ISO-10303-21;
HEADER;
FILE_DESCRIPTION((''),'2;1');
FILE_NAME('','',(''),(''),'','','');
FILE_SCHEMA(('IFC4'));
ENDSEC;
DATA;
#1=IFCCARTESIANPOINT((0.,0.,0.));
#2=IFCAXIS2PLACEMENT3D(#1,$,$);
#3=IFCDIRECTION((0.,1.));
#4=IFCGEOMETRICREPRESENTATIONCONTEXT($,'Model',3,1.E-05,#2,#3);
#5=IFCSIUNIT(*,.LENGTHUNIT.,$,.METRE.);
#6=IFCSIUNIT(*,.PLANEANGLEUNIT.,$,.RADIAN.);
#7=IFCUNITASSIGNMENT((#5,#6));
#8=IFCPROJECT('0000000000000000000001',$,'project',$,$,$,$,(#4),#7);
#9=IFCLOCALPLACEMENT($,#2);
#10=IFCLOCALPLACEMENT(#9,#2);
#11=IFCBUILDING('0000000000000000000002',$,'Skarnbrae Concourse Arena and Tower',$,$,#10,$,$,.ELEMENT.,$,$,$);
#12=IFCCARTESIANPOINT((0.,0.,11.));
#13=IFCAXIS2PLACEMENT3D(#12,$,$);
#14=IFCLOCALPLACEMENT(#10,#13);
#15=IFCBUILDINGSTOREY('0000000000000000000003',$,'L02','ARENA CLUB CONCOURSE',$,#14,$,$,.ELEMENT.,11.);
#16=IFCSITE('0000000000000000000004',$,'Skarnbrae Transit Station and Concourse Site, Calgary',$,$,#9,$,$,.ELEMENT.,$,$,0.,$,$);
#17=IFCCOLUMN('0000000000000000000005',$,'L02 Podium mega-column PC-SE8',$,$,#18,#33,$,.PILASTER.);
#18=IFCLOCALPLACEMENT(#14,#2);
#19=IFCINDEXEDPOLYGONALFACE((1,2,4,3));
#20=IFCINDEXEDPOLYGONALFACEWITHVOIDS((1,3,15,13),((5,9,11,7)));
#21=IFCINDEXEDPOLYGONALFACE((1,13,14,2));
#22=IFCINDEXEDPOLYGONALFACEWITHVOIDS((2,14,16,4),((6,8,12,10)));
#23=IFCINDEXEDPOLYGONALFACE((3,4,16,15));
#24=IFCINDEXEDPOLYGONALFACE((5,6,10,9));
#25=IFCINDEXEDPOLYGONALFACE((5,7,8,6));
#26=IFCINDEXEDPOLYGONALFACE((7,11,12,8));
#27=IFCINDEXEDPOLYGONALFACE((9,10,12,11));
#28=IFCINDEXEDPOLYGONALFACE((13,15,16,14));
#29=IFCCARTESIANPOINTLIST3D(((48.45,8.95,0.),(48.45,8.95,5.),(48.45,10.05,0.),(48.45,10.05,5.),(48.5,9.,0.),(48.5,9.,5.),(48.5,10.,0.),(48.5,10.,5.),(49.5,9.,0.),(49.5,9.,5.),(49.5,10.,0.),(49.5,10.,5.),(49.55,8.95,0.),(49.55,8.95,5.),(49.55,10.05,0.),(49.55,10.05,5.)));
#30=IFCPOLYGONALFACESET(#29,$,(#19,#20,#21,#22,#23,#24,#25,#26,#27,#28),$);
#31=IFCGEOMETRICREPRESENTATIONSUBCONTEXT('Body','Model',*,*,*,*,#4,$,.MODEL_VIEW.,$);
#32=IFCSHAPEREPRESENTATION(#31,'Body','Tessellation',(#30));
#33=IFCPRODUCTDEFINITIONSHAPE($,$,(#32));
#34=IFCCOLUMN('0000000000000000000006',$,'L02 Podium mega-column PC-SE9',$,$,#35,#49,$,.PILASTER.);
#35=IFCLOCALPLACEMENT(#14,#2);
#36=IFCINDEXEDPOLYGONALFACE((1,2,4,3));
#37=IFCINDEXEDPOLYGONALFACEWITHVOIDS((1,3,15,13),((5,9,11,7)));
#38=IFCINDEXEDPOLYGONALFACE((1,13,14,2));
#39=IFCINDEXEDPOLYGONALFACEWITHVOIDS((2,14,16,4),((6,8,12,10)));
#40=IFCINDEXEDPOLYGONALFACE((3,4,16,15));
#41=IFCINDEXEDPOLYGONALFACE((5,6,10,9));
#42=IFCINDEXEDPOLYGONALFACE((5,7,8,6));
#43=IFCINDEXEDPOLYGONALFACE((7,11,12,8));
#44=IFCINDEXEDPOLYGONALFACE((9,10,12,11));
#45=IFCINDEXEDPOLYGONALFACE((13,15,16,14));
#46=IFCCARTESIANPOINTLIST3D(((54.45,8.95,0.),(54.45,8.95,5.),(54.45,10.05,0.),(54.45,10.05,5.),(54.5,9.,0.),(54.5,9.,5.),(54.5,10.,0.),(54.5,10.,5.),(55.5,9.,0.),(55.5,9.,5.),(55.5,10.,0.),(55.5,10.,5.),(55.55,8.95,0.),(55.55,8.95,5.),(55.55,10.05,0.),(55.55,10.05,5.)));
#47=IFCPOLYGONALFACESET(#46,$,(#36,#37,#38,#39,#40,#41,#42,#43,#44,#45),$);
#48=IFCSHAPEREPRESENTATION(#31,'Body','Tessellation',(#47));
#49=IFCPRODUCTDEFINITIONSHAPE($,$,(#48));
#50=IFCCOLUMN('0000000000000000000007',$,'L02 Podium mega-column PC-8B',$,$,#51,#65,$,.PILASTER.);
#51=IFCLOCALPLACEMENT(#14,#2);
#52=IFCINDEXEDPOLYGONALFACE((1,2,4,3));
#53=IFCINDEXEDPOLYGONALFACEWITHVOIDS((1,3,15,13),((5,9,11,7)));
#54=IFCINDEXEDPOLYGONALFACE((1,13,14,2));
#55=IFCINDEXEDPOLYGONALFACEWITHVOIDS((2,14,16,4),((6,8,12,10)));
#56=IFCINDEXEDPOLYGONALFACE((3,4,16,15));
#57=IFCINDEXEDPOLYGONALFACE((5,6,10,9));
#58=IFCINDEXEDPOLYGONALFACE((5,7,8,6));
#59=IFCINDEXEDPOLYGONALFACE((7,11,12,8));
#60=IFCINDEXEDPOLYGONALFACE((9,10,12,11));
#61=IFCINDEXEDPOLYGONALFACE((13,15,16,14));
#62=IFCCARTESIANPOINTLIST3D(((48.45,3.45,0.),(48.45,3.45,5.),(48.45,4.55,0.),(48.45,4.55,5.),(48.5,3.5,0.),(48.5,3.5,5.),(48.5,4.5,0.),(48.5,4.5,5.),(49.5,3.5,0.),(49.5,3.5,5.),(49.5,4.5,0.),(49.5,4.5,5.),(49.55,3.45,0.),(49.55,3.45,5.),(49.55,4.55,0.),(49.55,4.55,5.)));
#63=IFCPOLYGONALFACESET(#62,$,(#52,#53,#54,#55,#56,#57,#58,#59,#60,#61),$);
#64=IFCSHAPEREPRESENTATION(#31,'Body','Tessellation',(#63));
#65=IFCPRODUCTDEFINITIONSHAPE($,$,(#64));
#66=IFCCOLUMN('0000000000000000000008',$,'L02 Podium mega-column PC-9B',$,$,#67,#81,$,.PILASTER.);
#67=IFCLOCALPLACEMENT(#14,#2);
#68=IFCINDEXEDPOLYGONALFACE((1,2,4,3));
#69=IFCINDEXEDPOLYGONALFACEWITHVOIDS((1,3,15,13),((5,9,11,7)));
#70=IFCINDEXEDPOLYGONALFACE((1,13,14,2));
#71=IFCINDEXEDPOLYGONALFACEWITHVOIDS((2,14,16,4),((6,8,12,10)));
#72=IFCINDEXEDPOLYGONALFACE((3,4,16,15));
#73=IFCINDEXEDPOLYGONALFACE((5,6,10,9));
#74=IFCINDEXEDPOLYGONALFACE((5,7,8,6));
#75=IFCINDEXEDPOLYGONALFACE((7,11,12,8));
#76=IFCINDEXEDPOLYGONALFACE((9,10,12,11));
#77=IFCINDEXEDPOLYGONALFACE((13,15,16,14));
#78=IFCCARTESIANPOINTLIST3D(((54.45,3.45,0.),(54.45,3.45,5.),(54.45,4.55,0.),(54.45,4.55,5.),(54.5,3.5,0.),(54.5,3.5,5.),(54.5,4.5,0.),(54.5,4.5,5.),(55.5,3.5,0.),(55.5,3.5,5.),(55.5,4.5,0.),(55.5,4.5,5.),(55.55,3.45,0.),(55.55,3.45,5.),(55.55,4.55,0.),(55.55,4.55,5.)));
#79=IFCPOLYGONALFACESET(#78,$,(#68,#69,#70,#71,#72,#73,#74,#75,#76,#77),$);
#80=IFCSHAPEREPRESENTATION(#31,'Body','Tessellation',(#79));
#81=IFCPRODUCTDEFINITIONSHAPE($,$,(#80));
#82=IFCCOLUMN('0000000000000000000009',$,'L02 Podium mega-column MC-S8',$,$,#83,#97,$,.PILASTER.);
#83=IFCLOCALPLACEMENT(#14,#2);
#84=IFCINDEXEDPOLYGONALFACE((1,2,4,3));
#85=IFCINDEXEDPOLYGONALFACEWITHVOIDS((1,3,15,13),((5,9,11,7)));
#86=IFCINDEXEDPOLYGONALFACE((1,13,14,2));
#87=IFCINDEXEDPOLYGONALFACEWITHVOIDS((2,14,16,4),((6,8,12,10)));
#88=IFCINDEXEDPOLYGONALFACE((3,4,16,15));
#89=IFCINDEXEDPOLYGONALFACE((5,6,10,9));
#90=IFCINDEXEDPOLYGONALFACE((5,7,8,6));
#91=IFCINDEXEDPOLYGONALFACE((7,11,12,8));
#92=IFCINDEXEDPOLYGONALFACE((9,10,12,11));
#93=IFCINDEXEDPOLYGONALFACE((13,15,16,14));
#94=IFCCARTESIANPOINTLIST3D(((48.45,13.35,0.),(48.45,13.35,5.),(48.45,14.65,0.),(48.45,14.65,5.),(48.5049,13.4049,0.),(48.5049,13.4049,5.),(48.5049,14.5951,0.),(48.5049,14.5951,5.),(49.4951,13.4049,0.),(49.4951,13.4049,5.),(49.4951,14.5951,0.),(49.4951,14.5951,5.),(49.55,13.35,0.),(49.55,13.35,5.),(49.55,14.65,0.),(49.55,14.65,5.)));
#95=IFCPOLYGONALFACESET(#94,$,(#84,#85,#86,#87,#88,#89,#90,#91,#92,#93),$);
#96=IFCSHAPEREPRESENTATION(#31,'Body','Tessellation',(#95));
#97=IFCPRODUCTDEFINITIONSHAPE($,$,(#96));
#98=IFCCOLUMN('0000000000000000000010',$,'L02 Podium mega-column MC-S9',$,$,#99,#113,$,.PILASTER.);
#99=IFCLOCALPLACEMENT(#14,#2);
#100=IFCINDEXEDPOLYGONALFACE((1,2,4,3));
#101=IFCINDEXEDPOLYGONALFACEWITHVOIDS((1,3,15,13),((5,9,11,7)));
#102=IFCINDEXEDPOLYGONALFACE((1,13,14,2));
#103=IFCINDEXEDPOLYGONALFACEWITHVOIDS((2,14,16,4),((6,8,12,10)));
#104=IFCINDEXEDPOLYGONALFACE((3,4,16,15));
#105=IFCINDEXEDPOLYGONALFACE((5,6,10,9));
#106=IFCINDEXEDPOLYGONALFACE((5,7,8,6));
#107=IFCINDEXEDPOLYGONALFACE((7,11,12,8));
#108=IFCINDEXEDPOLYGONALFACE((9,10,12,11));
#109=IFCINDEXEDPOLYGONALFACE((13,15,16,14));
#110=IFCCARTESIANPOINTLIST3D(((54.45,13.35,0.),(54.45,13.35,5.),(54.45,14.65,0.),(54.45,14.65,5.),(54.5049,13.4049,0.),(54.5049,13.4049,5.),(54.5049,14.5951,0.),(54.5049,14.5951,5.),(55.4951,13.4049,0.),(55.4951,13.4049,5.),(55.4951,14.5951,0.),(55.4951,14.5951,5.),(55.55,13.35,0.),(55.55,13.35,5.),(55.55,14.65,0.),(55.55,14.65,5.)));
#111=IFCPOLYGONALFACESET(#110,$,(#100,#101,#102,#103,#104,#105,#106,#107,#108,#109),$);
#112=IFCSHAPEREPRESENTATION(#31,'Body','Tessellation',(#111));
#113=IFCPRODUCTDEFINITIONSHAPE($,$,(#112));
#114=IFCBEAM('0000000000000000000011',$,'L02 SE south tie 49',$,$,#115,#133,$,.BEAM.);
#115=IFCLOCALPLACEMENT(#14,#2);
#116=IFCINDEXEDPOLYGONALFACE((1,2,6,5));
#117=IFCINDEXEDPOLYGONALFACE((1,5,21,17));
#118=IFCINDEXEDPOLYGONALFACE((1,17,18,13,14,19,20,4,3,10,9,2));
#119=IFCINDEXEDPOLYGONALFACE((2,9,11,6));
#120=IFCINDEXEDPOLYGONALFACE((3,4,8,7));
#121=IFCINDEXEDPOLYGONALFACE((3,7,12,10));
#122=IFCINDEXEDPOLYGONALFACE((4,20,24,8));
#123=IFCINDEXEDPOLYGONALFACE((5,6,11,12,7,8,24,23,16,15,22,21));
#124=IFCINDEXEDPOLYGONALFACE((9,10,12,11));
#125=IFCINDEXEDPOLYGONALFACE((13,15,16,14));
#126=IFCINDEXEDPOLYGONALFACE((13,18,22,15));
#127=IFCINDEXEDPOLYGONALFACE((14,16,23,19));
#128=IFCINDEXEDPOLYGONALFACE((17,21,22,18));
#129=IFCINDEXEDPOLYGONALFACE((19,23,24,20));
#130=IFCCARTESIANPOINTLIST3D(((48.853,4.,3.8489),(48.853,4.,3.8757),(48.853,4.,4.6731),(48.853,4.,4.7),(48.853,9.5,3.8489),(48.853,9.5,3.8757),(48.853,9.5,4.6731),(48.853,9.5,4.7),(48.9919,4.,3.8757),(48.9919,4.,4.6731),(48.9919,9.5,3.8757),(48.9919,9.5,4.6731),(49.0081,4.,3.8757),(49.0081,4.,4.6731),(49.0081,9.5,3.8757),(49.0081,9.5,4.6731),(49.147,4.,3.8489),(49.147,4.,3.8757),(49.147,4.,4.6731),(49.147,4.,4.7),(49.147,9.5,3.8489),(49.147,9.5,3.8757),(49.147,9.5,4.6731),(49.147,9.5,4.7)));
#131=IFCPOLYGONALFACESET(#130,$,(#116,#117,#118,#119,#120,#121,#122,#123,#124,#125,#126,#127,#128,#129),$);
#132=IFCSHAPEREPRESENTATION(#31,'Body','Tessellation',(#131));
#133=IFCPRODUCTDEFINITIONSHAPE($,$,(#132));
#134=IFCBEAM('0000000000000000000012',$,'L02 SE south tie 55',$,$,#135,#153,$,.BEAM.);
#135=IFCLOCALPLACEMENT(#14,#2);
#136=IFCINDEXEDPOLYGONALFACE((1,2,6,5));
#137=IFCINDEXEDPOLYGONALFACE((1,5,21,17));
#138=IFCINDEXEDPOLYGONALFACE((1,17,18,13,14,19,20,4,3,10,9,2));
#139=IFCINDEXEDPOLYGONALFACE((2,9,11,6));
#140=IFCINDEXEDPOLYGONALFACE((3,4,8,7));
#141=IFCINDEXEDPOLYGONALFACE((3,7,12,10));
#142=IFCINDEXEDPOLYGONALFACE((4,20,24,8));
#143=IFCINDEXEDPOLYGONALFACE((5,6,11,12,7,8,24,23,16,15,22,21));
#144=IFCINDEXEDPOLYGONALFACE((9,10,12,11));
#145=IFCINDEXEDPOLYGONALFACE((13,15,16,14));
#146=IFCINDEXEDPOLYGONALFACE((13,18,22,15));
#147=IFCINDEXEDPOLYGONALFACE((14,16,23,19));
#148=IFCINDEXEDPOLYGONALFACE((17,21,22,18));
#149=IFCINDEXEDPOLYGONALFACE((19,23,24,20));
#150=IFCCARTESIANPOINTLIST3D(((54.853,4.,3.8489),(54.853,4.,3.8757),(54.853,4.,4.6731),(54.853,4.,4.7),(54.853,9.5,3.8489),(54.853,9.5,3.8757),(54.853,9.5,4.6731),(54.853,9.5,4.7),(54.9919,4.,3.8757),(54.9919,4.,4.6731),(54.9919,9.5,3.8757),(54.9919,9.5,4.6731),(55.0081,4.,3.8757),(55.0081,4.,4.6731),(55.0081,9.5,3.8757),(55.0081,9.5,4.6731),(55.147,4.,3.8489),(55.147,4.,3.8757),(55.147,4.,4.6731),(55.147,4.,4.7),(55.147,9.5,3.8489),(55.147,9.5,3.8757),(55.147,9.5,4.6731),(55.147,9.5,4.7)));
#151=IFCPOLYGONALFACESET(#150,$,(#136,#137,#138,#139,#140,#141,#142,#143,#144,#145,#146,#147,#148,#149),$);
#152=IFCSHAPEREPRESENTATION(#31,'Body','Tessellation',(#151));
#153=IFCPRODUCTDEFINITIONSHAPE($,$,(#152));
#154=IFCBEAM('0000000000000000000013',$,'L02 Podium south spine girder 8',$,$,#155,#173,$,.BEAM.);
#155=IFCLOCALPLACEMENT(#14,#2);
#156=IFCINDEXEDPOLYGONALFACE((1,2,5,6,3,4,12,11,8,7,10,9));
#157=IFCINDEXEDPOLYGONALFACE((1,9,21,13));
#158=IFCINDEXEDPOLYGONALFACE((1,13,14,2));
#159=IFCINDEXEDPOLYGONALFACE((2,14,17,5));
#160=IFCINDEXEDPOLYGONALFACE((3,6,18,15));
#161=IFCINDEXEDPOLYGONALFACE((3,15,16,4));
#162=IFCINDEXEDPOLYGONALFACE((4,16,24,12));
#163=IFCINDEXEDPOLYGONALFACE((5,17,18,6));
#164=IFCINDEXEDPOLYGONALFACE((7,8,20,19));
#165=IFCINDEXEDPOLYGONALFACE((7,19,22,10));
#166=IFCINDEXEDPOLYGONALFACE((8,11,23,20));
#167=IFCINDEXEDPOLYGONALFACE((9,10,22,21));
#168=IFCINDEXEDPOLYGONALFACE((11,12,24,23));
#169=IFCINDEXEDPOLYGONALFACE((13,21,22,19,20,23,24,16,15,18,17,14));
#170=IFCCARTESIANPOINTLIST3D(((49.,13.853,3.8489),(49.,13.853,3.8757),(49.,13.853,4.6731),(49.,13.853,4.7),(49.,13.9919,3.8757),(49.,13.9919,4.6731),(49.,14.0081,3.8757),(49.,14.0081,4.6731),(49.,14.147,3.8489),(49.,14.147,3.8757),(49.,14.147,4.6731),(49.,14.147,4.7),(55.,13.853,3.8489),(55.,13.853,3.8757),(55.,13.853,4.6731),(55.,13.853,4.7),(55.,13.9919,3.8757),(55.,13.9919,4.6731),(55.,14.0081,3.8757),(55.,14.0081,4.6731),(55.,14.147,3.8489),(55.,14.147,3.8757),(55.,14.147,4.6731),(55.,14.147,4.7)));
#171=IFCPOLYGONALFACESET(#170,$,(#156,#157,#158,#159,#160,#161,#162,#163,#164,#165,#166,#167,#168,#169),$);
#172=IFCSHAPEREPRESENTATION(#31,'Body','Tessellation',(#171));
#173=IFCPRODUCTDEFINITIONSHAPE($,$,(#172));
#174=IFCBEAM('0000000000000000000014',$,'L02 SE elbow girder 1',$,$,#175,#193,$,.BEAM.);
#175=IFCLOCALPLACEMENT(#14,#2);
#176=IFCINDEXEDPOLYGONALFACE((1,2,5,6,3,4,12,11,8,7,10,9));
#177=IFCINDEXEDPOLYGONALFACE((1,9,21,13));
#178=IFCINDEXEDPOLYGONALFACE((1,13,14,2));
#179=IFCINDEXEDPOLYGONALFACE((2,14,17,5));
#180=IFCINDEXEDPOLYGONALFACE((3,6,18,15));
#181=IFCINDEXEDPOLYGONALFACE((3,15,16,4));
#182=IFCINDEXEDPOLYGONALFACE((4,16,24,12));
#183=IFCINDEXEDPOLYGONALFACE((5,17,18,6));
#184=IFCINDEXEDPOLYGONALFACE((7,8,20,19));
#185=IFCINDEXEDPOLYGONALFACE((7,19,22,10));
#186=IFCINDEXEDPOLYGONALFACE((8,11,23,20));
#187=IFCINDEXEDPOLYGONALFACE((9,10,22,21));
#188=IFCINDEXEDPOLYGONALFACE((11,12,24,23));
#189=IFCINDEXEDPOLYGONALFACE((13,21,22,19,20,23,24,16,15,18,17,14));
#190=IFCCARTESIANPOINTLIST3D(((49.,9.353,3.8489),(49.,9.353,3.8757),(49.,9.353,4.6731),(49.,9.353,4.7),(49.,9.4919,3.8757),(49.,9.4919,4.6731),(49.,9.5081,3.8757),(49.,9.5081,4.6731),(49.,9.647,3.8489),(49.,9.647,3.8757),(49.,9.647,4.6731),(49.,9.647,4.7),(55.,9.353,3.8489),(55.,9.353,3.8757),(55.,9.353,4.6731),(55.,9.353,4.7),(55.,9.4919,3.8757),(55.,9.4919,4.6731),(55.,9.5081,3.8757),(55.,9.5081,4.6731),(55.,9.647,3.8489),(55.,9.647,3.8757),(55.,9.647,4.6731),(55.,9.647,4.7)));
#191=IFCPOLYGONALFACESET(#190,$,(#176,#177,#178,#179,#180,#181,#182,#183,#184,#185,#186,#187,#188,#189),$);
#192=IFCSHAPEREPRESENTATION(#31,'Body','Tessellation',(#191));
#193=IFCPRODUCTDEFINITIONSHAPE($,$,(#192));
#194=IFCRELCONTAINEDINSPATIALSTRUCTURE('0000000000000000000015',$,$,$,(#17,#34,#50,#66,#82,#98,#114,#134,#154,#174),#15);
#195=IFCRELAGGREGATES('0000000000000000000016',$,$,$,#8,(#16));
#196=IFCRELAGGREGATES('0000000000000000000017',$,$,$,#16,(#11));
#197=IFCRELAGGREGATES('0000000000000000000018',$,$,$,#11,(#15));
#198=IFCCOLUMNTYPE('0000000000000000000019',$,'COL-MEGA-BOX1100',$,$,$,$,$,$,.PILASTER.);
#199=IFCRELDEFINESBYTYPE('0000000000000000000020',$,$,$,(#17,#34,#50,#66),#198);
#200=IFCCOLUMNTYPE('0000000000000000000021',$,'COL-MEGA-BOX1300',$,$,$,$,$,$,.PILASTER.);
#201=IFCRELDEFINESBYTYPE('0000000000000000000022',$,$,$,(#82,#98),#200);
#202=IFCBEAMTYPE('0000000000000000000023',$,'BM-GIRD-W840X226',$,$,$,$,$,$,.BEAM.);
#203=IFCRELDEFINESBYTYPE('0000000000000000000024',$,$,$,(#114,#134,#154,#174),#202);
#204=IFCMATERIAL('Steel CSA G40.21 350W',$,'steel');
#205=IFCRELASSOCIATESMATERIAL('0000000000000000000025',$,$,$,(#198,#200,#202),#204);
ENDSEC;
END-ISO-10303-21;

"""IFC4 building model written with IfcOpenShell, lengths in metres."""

from ifc_helpers import new_model, si_unit, direction, frame, origin, origin_2d, place, context, subcontext, project, spatial, hollow_rectangle, i_section, extrude, source, transform, mapped, material, material_profile, profile_set, type_object, element, save


model = new_model("IFC4")

# Units and contexts
model_context = context("Model", 3, precision=1e-05, world=origin(), true_north=direction((0.0, 1.0)))
body_context = subcontext(model_context, "Body", "Model", "MODEL_VIEW")
ifc_project = project(units=[si_unit("LENGTHUNIT", "METRE"), si_unit("PLANEANGLEUNIT", "RADIAN")], contexts=[model_context])

# Site, building, storey
site_placement = place(None, origin())
site = spatial("IfcSite", under=ifc_project, at=site_placement, Name="Skarnbrae Transit Station and Concourse Site, Calgary", CompositionType="ELEMENT", RefElevation=0.0)
building_placement = place(site_placement, origin())
building = spatial("IfcBuilding", under=site, at=building_placement, Name="Skarnbrae Concourse Arena and Tower", CompositionType="ELEMENT")
storey_placement = place(building_placement, frame((0.0, 0.0, 11.0)))
storey = spatial("IfcBuildingStorey", under=building, at=storey_placement, Name="L02", Description="ARENA CLUB CONCOURSE", CompositionType="ELEMENT", Elevation=11.0)

# Columns
ifc_material_1 = material(Name="Steel CSA G40.21 350W", Category="steel")
ifc_material_profile_1 = material_profile(ifc_material_1, hollow_rectangle(XDim=1.1001, YDim=1.1001, WallThickness=0.05, at=origin_2d()), Name="BOX1100X1100X50")
ifc_profile_set_1 = profile_set([ifc_material_profile_1], Name="Steel CSA G40.21 350W")
column_type_1 = type_object("IfcColumnType", Name="COL-MEGA-BOX1100", PredefinedType="PILASTER", material=ifc_profile_set_1)
shared_shape_1 = source(origin(), body_context, "Body", "SweptSolid", [
    extrude(hollow_rectangle(XDim=1.1001, YDim=1.1001, WallThickness=0.05, at=origin_2d()), origin(), (0.0, 0.0, 1.0), 5.0),
])
for number, where, z_axis, x_axis, name in (
    (1, (49.0, 9.5, 0.0), (0.0, 0.0, 1.0), (1.0, 0.0, 0.0), "L02 Podium mega-column PC-SE8"),
    (2, (55.0, 9.5, 0.0), (0.0, 0.0, 1.0), (1.0, 0.0, 0.0), "L02 Podium mega-column PC-SE9"),
    (3, (49.0, 4.0, 0.0), (0.0, 0.0, 1.0), (1.0, 0.0, 0.0), "L02 Podium mega-column PC-8B"),
    (4, (55.0, 4.0, 0.0), (0.0, 0.0, 1.0), (1.0, 0.0, 0.0), "L02 Podium mega-column PC-9B"),
):
    element("IfcColumn", number, at=place(storey_placement, frame(where, z_axis=z_axis, x_axis=x_axis)), inside=storey, type_object=column_type_1, Name=name, PredefinedType="PILASTER", context=body_context, shape_type="MappedRepresentation", body=[
        mapped(shared_shape_1, transform((0.0, 0.0, 0.0))),
    ])
ifc_material_profile_2 = material_profile(ifc_material_1, hollow_rectangle(XDim=1.1001, YDim=1.3, WallThickness=0.0549, at=origin_2d()), Name="BOX1300X1100X55")
ifc_profile_set_2 = profile_set([ifc_material_profile_2], Name="Steel CSA G40.21 350W")
column_type_2 = type_object("IfcColumnType", Name="COL-MEGA-BOX1300", PredefinedType="PILASTER", material=ifc_profile_set_2)
shared_shape_2 = source(origin(), body_context, "Body", "SweptSolid", [
    extrude(hollow_rectangle(XDim=1.1001, YDim=1.3, WallThickness=0.0549, at=origin_2d()), origin(), (0.0, 0.0, 1.0), 5.0),
])
for number, where, z_axis, x_axis, name in (
    (5, (49.0, 14.0, 0.0), (0.0, 0.0, 1.0), (1.0, 0.0, 0.0), "L02 Podium mega-column MC-S8"),
    (6, (55.0, 14.0, 0.0), (0.0, 0.0, 1.0), (1.0, 0.0, 0.0), "L02 Podium mega-column MC-S9"),
):
    element("IfcColumn", number, at=place(storey_placement, frame(where, z_axis=z_axis, x_axis=x_axis)), inside=storey, type_object=column_type_2, Name=name, PredefinedType="PILASTER", context=body_context, shape_type="MappedRepresentation", body=[
        mapped(shared_shape_2, transform((0.0, 0.0, 0.0))),
    ])

# Beams
ifc_material_profile_3 = material_profile(ifc_material_1, i_section(OverallWidth=0.2939, OverallDepth=0.8511, WebThickness=0.0161, FlangeThickness=0.0269, at=origin_2d()), Name="W840X226")
ifc_profile_set_3 = profile_set([ifc_material_profile_3], Name="Steel CSA G40.21 350W")
beam_type = type_object("IfcBeamType", Name="BM-GIRD-W840X226", PredefinedType="BEAM", material=ifc_profile_set_3)
shared_shape_3 = source(origin(), body_context, "Body", "SweptSolid", [
    extrude(i_section(OverallWidth=0.2939, OverallDepth=0.8511, WebThickness=0.0161, FlangeThickness=0.0269, at=origin_2d()), origin(), (0.0, 0.0, 1.0), 5.5),
])
for number, where, z_axis, x_axis, name in (
    (7, (49.0, 4.0, 4.2744), (0.0, 1.0, 0.0), (-1.0, 0.0, 0.0), "L02 SE south tie 49"),
    (8, (55.0, 4.0, 4.2744), (0.0, 1.0, 0.0), (-1.0, 0.0, 0.0), "L02 SE south tie 55"),
):
    element("IfcBeam", number, at=place(storey_placement, frame(where, z_axis=z_axis, x_axis=x_axis)), inside=storey, type_object=beam_type, Name=name, PredefinedType="BEAM", context=body_context, shape_type="MappedRepresentation", body=[
        mapped(shared_shape_3, transform((0.0, 0.0, 0.0))),
    ])
shared_shape_4 = source(origin(), body_context, "Body", "SweptSolid", [
    extrude(i_section(OverallWidth=0.2939, OverallDepth=0.8511, WebThickness=0.0161, FlangeThickness=0.0269, at=origin_2d()), origin(), (0.0, 0.0, 1.0), 6.0),
])
for number, where, z_axis, x_axis, name in (
    (9, (49.0, 14.0, 4.2744), (1.0, 0.0, 0.0), (0.0, 1.0, 0.0), "L02 Podium south spine girder 8"),
    (10, (49.0, 9.5, 4.2744), (1.0, 0.0, 0.0), (0.0, 1.0, 0.0), "L02 SE elbow girder 1"),
):
    element("IfcBeam", number, at=place(storey_placement, frame(where, z_axis=z_axis, x_axis=x_axis)), inside=storey, type_object=beam_type, Name=name, PredefinedType="BEAM", context=body_context, shape_type="MappedRepresentation", body=[
        mapped(shared_shape_4, transform((0.0, 0.0, 0.0))),
    ])

save(model, "model.ifc")
